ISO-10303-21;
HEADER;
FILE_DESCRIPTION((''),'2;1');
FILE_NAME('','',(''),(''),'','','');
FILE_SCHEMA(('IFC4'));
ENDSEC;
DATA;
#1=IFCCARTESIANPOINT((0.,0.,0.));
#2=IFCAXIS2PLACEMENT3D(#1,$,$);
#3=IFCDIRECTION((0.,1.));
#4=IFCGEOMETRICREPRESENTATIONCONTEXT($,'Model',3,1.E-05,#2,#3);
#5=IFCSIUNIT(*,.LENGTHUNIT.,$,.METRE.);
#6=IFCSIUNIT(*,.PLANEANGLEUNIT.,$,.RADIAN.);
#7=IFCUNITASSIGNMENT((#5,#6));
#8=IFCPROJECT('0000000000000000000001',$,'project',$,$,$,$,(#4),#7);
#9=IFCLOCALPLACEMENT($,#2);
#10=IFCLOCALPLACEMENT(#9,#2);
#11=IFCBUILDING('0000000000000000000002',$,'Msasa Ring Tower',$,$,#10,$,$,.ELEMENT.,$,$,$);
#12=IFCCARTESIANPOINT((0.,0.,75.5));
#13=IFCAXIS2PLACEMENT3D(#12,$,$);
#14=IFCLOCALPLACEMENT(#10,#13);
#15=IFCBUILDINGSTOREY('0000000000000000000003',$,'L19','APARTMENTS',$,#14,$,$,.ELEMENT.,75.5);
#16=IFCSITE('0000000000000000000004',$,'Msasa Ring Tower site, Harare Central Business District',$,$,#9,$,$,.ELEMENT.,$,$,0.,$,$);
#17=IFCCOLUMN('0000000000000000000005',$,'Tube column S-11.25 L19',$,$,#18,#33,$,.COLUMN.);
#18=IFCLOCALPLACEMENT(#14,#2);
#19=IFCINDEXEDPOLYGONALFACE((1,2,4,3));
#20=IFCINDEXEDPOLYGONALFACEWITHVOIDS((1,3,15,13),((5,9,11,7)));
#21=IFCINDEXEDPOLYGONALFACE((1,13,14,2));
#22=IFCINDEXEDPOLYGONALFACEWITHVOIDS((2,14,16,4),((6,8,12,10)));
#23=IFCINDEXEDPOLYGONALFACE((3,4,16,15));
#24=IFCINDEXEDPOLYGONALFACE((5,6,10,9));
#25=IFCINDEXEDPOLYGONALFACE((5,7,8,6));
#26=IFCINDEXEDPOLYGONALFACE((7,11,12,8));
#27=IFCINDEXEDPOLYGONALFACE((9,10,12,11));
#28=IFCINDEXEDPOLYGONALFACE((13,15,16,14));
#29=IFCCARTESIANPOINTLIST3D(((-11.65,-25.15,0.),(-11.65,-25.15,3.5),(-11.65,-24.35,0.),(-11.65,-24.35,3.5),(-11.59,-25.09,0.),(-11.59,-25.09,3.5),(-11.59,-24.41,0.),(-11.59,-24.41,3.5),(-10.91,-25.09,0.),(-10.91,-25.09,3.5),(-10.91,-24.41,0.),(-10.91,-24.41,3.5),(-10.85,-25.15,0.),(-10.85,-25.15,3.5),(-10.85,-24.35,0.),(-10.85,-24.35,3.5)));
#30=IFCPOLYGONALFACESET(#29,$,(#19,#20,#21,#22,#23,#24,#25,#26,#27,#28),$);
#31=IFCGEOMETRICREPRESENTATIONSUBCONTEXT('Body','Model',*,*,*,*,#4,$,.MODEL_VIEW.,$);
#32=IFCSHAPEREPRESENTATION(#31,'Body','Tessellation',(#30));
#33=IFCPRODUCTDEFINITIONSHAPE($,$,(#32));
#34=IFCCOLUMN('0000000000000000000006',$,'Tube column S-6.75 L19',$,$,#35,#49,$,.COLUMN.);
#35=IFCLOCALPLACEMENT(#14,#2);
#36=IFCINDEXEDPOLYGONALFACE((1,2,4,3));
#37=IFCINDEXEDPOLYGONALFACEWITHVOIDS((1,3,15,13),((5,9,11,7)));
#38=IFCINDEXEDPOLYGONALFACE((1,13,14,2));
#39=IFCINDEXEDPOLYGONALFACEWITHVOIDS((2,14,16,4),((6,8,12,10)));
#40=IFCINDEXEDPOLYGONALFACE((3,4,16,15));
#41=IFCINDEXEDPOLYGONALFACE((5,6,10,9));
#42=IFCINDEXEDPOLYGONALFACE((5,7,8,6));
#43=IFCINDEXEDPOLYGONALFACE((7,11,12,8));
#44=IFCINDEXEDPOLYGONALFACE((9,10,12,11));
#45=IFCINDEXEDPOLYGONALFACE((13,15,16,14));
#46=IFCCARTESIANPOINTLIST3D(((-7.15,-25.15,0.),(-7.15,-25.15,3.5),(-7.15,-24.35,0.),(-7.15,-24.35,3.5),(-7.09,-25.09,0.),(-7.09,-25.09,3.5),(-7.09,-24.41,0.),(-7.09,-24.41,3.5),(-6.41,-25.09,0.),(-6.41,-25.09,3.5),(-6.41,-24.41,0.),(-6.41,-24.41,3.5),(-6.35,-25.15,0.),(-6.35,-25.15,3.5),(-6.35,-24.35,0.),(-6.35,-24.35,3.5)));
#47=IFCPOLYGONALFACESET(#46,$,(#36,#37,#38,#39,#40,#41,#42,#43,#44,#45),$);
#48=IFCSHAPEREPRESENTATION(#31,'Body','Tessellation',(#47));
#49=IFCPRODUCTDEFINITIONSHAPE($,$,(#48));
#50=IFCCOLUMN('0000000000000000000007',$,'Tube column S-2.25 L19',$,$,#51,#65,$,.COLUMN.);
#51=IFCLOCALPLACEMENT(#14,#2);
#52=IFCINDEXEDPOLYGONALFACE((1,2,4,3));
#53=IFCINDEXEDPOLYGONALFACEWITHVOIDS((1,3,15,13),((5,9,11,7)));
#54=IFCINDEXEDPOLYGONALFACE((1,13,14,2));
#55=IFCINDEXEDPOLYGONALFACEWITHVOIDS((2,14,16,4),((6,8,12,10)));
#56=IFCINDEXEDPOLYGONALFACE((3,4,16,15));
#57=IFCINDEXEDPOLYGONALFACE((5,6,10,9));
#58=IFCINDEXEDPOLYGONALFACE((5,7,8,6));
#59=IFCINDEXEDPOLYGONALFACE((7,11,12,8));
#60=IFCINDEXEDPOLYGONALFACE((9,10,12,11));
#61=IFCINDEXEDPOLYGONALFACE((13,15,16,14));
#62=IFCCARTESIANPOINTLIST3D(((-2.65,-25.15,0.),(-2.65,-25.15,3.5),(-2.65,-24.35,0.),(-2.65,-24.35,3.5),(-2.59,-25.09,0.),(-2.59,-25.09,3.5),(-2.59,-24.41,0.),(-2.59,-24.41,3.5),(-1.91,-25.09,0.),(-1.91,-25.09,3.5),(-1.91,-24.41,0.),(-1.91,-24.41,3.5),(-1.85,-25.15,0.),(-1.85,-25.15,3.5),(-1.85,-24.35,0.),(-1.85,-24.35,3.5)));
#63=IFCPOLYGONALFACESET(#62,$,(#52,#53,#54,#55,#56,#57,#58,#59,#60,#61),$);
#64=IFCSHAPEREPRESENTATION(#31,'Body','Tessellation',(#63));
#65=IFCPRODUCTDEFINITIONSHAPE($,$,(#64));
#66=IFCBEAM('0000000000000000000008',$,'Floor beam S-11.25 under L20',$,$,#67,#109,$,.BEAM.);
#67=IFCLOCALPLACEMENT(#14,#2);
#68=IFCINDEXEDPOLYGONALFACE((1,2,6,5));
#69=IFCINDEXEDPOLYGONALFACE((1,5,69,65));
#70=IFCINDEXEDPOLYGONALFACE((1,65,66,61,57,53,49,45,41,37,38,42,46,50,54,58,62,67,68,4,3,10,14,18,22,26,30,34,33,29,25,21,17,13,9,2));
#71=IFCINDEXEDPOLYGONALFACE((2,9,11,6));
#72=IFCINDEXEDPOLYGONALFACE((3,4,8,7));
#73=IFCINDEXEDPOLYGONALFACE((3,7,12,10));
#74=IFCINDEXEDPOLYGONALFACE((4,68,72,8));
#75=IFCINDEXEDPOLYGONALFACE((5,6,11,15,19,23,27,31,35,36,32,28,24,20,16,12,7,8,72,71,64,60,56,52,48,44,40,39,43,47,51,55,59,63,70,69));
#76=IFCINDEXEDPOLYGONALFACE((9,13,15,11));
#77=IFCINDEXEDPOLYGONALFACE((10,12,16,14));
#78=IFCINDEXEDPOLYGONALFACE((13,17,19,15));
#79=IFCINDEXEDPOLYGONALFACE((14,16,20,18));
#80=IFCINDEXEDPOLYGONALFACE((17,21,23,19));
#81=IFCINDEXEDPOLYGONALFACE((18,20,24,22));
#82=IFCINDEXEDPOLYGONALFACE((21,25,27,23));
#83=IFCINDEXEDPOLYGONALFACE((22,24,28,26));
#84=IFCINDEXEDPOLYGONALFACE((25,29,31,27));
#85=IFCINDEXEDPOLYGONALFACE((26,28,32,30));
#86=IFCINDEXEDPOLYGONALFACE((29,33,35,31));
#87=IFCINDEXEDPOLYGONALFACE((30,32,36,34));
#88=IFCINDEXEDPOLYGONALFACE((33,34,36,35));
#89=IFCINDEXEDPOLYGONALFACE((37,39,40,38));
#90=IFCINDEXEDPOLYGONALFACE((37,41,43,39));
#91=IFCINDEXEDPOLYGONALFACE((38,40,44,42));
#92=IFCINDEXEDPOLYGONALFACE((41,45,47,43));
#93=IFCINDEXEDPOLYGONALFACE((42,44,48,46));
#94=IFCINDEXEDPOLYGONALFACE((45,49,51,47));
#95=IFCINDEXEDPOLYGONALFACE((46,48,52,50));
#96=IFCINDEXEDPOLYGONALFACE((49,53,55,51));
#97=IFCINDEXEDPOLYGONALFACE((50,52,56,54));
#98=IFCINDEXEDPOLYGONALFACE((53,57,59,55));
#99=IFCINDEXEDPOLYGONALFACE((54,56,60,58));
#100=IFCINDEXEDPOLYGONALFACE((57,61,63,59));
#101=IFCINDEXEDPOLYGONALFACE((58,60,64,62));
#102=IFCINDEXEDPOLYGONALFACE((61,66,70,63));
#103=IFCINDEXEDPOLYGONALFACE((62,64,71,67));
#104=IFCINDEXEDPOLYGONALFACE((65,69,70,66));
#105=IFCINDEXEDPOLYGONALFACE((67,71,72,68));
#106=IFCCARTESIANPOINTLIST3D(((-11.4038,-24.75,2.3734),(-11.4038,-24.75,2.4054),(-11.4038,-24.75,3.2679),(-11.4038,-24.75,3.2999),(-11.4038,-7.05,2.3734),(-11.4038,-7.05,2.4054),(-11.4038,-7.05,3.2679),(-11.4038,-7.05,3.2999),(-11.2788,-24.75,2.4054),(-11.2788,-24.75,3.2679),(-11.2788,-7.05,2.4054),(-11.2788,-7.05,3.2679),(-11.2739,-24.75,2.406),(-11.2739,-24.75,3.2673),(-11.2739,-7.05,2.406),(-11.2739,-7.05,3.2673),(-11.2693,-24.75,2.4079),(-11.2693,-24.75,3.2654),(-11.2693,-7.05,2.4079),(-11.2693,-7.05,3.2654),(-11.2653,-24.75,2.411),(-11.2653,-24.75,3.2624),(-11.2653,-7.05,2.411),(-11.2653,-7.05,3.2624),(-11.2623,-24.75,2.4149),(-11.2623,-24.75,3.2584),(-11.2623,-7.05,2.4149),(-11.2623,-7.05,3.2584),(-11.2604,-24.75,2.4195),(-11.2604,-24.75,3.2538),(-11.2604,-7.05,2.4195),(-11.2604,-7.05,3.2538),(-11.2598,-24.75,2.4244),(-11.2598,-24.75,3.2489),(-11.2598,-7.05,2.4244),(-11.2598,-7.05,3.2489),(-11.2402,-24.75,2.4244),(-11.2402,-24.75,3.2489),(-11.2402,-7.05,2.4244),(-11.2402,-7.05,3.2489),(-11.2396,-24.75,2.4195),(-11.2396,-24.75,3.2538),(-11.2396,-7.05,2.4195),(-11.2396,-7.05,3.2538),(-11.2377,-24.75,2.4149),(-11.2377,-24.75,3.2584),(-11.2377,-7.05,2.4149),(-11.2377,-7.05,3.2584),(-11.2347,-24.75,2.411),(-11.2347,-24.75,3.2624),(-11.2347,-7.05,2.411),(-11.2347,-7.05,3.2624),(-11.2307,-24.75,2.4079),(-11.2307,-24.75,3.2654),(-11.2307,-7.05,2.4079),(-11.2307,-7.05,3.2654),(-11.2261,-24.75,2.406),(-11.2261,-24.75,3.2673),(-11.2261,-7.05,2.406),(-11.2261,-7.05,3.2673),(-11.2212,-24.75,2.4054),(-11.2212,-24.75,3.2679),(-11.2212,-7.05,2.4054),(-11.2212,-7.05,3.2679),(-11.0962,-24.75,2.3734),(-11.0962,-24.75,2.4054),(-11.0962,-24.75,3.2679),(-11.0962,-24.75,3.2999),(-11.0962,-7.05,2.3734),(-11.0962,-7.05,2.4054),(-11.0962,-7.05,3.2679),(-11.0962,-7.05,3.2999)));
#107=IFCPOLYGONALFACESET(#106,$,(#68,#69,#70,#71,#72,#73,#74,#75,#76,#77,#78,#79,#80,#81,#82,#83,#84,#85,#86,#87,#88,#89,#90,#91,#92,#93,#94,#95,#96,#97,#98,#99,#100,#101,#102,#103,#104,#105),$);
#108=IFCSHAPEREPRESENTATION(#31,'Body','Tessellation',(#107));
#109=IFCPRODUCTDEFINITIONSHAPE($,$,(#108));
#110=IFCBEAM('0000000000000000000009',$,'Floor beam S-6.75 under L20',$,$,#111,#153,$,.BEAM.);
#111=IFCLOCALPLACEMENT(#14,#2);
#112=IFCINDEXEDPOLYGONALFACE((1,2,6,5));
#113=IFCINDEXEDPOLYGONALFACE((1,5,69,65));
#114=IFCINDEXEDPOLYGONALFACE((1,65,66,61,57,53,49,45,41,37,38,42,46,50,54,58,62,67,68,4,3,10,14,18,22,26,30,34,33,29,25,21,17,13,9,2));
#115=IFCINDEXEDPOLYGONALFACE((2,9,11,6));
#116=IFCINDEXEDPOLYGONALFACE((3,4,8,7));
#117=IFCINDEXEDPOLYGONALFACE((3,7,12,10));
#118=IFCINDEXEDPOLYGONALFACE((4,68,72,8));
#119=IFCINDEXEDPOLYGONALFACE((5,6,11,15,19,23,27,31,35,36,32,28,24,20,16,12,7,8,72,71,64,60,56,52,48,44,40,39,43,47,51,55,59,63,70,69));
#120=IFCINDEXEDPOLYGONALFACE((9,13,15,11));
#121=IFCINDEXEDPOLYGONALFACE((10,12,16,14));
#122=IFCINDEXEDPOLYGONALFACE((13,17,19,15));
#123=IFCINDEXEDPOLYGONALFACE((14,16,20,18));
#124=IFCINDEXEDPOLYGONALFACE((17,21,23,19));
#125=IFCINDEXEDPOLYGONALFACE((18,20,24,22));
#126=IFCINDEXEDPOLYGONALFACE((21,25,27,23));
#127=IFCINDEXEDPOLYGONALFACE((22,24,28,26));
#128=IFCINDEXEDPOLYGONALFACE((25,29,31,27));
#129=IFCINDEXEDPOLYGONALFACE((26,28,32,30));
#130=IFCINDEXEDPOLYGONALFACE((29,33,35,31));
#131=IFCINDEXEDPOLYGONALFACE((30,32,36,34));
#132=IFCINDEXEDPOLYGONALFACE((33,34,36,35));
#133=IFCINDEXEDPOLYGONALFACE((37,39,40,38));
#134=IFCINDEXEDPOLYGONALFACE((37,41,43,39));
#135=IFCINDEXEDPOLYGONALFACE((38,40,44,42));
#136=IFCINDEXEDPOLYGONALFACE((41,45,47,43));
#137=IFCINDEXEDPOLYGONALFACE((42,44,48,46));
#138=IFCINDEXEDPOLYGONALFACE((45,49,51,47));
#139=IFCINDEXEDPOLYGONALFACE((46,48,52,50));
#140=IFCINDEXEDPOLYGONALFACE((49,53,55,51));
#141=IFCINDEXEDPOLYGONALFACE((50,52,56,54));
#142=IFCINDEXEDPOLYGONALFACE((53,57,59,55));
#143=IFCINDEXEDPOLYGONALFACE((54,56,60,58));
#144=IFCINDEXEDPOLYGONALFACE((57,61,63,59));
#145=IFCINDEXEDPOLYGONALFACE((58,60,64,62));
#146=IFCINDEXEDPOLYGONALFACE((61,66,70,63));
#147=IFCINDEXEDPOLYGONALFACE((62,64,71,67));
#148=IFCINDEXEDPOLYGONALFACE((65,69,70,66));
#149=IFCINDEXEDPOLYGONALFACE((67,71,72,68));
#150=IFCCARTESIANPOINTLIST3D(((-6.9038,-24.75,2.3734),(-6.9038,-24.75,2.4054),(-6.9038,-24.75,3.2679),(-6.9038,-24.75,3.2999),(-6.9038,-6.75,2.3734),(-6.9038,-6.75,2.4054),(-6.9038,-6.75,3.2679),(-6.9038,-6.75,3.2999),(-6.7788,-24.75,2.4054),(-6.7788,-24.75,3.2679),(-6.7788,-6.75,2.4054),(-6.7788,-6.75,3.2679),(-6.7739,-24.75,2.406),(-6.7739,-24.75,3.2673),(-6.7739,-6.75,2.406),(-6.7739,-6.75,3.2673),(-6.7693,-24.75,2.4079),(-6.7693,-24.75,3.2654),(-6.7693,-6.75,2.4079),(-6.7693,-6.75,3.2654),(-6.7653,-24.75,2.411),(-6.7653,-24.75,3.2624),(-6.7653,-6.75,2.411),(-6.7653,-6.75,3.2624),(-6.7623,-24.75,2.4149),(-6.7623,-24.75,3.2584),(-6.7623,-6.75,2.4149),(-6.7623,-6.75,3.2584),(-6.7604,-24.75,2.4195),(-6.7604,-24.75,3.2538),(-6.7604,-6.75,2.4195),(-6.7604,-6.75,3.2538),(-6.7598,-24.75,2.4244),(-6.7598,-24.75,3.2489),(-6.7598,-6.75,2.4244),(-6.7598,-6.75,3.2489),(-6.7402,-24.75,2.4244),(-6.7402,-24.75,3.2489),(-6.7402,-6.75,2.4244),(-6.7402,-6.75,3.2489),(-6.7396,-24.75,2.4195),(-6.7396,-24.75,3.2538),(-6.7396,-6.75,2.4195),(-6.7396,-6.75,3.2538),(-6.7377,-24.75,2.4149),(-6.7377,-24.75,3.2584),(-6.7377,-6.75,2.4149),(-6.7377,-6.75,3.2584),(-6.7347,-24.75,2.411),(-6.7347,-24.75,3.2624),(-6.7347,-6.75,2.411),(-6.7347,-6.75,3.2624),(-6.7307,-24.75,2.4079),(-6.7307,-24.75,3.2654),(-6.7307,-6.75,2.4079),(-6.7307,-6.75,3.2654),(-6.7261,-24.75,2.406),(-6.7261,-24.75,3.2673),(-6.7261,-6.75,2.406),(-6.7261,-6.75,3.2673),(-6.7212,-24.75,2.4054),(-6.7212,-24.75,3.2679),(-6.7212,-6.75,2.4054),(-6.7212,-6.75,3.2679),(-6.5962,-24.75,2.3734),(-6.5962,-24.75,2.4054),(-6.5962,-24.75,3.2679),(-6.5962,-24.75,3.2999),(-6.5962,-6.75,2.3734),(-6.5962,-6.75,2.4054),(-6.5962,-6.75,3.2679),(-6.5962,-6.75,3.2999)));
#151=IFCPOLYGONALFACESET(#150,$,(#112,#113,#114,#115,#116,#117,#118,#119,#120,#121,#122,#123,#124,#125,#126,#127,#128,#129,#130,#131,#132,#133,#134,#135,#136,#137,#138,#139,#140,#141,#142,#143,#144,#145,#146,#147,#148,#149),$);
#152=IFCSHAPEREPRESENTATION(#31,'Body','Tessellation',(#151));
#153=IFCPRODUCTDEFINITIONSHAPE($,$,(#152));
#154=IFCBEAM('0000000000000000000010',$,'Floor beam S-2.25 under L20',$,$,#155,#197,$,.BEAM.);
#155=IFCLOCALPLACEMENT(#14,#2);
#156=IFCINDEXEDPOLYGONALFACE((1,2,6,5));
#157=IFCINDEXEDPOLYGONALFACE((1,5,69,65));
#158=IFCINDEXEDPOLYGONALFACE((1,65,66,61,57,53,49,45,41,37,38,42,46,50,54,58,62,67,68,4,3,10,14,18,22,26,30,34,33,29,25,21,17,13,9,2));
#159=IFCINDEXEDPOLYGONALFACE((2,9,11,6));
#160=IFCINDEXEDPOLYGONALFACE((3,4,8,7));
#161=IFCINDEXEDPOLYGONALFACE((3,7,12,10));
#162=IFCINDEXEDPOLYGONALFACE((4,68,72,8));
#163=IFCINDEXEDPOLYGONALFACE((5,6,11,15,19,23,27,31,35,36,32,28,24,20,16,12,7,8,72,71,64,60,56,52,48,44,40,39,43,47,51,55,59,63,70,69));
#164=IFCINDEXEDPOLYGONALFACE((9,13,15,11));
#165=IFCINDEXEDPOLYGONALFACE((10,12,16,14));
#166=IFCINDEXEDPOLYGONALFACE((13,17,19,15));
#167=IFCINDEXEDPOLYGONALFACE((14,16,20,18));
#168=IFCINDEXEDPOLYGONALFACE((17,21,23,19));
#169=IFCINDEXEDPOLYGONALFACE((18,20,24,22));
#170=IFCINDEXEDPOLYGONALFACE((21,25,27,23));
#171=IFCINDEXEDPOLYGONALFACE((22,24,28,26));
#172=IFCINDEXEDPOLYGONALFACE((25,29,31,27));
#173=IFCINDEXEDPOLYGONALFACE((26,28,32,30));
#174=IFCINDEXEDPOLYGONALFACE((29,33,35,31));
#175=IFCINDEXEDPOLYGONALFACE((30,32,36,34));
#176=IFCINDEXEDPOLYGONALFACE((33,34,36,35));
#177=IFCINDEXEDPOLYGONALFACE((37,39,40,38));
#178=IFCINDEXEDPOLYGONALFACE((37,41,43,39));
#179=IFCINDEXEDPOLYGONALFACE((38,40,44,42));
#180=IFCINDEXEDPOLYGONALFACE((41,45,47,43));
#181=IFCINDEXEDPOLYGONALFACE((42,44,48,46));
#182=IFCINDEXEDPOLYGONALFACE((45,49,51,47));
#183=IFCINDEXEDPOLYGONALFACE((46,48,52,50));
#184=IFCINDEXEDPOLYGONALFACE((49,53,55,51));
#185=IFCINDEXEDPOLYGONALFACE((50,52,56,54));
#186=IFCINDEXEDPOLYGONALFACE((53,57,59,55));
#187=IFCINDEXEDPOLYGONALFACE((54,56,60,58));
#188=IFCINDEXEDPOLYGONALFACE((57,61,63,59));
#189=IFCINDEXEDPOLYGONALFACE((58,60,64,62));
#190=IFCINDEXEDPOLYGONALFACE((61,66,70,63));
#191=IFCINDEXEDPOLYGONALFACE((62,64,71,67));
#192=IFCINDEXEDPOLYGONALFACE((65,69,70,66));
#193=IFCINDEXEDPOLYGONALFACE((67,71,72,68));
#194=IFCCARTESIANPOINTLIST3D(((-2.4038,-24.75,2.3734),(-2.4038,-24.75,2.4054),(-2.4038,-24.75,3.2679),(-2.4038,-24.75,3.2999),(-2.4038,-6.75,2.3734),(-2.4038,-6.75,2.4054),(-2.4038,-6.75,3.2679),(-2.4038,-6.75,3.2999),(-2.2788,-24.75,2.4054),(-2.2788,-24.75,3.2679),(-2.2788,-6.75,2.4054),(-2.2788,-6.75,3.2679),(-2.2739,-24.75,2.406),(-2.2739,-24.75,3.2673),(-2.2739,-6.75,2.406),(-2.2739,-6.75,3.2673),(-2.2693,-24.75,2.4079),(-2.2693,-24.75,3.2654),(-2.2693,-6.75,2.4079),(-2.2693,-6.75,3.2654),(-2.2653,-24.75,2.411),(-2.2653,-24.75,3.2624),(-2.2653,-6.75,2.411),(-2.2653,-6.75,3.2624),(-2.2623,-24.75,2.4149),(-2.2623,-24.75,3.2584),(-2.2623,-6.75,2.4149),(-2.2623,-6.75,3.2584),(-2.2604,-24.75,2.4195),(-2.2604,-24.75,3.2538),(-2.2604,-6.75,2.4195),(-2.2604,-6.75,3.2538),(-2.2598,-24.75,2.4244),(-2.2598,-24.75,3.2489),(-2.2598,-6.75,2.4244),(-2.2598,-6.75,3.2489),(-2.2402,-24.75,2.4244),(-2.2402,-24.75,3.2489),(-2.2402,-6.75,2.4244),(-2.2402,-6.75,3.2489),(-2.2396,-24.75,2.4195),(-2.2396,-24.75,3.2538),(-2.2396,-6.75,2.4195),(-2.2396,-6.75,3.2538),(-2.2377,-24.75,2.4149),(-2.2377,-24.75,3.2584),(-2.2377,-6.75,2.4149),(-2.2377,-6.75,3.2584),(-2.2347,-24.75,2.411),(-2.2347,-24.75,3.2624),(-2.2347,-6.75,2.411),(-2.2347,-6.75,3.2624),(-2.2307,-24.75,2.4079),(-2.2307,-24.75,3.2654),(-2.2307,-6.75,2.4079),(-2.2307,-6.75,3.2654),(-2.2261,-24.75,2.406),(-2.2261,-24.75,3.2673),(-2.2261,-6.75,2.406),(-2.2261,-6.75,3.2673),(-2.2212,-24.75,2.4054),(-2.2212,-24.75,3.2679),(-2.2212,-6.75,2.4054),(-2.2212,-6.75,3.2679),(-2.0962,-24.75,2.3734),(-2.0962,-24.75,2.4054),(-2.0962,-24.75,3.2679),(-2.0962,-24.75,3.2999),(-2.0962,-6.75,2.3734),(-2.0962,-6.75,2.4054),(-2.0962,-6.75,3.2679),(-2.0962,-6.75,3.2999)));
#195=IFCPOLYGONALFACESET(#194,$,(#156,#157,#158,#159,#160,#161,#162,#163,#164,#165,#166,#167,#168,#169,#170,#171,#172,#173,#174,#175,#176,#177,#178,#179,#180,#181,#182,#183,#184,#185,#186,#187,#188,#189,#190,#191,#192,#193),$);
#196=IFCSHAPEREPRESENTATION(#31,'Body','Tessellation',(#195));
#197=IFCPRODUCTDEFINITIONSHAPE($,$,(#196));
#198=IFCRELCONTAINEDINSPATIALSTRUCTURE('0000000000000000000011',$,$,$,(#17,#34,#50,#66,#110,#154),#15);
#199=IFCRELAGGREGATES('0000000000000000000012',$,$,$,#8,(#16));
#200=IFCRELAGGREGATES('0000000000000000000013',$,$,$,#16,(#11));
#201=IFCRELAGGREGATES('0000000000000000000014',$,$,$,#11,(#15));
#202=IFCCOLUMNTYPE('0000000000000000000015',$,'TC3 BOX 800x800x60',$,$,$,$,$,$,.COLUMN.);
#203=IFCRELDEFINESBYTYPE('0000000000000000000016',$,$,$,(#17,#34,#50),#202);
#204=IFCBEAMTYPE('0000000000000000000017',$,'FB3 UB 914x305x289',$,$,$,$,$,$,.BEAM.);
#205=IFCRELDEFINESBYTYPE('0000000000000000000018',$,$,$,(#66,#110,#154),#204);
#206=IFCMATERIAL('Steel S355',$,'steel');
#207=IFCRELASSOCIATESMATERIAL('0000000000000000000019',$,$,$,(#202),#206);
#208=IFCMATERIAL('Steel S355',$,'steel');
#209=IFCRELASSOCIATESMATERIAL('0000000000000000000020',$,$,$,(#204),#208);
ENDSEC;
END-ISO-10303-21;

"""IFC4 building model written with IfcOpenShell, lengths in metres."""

from ifc_helpers import new_model, si_unit, direction, frame, origin, origin_2d, place, context, subcontext, project, spatial, hollow_rectangle, i_section, extrude, material, material_profile, profile_set, type_object, element, save


model = new_model("IFC4")

# Units and contexts
model_context = context("Model", 3, precision=1e-05, world=origin(), true_north=direction((0.0, 1.0)))
body_context = subcontext(model_context, "Body", "Model", "MODEL_VIEW")
ifc_project = project(units=[si_unit("LENGTHUNIT", "METRE"), si_unit("PLANEANGLEUNIT", "RADIAN")], contexts=[model_context])

# Site, building, storey
site_placement = place(None, origin())
site = spatial("IfcSite", under=ifc_project, at=site_placement, Name="Msasa Ring Tower site, Harare Central Business District", CompositionType="ELEMENT", RefElevation=0.0)
building_placement = place(site_placement, origin())
building = spatial("IfcBuilding", under=site, at=building_placement, Name="Msasa Ring Tower", CompositionType="ELEMENT")
storey_placement = place(building_placement, frame((0.0, 0.0, 75.5)))
storey = spatial("IfcBuildingStorey", under=building, at=storey_placement, Name="L19", Description="APARTMENTS", CompositionType="ELEMENT", Elevation=75.5)

# Columns
ifc_material_1 = material(Name="Steel S355", Category="steel")
ifc_material_profile_1 = material_profile(ifc_material_1, hollow_rectangle(XDim=0.8, YDim=0.8, WallThickness=0.0601, at=origin_2d()), Name="BOX 800x800x60")
ifc_profile_set_1 = profile_set([ifc_material_profile_1], Name="Steel S355")
column_type = type_object("IfcColumnType", Name="TC3 BOX 800x800x60", PredefinedType="COLUMN", material=ifc_profile_set_1)
for number, where, z_axis, x_axis, name in (
    (1, (-11.25, -24.75, 0.0), (0.0, 0.0, 1.0), (0.0, 1.0, 0.0), "Tube column S-11.25 L19"),
    (2, (-6.75, -24.75, 0.0), (0.0, 0.0, 1.0), (0.0, 1.0, 0.0), "Tube column S-6.75 L19"),
    (3, (-2.25, -24.75, 0.0), (0.0, 0.0, 1.0), (0.0, 1.0, 0.0), "Tube column S-2.25 L19"),
):
    element("IfcColumn", number, at=place(storey_placement, frame(where, z_axis=z_axis, x_axis=x_axis)), inside=storey, type_object=column_type, Name=name, PredefinedType="COLUMN", context=body_context, shape_type="SweptSolid", body=[
        extrude(hollow_rectangle(XDim=0.8, YDim=0.8, WallThickness=0.0601, at=origin_2d()), origin(), (0.0, 0.0, 1.0), 3.5),
    ])

# Beams
ifc_material_2 = material(Name="Steel S355", Category="steel")
ifc_material_profile_2 = material_profile(ifc_material_2, i_section(OverallWidth=0.3076, OverallDepth=0.9265, WebThickness=0.0195, FlangeThickness=0.032, FilletRadius=0.019, at=origin_2d()), Name="UB 914x305x289")
ifc_profile_set_2 = profile_set([ifc_material_profile_2], Name="Steel S355")
beam_type_1 = type_object("IfcBeamType", Name="FB3 UB 914x305x289", PredefinedType="BEAM", material=ifc_profile_set_2)
beam_placement = place(storey_placement, frame((-11.25, -24.75, 2.8367), z_axis=(0.0, 1.0, 0.0), x_axis=(-1.0, 0.0, 0.0)))
element("IfcBeam", 4, at=beam_placement, inside=storey, type_object=beam_type_1, Name="Floor beam S-11.25 under L20", PredefinedType="BEAM", context=body_context, shape_type="SweptSolid", body=[
    extrude(i_section(OverallWidth=0.3076, OverallDepth=0.9265, WebThickness=0.0195, FlangeThickness=0.032, FilletRadius=0.019, at=origin_2d()), origin(), (0.0, 0.0, 1.0), 17.7),
])
for number, where, z_axis, x_axis, name in (
    (5, (-6.75, -24.75, 2.8367), (0.0, 1.0, 0.0), (-1.0, 0.0, 0.0), "Floor beam S-6.75 under L20"),
    (6, (-2.25, -24.75, 2.8367), (0.0, 1.0, 0.0), (-1.0, 0.0, 0.0), "Floor beam S-2.25 under L20"),
):
    element("IfcBeam", number, at=place(storey_placement, frame(where, z_axis=z_axis, x_axis=x_axis)), inside=storey, type_object=beam_type_1, Name=name, PredefinedType="BEAM", context=body_context, shape_type="SweptSolid", body=[
        extrude(i_section(OverallWidth=0.3076, OverallDepth=0.9265, WebThickness=0.0195, FlangeThickness=0.032, FilletRadius=0.019, at=origin_2d()), origin(), (0.0, 0.0, 1.0), 18.0),
    ])

save(model, "model.ifc")
